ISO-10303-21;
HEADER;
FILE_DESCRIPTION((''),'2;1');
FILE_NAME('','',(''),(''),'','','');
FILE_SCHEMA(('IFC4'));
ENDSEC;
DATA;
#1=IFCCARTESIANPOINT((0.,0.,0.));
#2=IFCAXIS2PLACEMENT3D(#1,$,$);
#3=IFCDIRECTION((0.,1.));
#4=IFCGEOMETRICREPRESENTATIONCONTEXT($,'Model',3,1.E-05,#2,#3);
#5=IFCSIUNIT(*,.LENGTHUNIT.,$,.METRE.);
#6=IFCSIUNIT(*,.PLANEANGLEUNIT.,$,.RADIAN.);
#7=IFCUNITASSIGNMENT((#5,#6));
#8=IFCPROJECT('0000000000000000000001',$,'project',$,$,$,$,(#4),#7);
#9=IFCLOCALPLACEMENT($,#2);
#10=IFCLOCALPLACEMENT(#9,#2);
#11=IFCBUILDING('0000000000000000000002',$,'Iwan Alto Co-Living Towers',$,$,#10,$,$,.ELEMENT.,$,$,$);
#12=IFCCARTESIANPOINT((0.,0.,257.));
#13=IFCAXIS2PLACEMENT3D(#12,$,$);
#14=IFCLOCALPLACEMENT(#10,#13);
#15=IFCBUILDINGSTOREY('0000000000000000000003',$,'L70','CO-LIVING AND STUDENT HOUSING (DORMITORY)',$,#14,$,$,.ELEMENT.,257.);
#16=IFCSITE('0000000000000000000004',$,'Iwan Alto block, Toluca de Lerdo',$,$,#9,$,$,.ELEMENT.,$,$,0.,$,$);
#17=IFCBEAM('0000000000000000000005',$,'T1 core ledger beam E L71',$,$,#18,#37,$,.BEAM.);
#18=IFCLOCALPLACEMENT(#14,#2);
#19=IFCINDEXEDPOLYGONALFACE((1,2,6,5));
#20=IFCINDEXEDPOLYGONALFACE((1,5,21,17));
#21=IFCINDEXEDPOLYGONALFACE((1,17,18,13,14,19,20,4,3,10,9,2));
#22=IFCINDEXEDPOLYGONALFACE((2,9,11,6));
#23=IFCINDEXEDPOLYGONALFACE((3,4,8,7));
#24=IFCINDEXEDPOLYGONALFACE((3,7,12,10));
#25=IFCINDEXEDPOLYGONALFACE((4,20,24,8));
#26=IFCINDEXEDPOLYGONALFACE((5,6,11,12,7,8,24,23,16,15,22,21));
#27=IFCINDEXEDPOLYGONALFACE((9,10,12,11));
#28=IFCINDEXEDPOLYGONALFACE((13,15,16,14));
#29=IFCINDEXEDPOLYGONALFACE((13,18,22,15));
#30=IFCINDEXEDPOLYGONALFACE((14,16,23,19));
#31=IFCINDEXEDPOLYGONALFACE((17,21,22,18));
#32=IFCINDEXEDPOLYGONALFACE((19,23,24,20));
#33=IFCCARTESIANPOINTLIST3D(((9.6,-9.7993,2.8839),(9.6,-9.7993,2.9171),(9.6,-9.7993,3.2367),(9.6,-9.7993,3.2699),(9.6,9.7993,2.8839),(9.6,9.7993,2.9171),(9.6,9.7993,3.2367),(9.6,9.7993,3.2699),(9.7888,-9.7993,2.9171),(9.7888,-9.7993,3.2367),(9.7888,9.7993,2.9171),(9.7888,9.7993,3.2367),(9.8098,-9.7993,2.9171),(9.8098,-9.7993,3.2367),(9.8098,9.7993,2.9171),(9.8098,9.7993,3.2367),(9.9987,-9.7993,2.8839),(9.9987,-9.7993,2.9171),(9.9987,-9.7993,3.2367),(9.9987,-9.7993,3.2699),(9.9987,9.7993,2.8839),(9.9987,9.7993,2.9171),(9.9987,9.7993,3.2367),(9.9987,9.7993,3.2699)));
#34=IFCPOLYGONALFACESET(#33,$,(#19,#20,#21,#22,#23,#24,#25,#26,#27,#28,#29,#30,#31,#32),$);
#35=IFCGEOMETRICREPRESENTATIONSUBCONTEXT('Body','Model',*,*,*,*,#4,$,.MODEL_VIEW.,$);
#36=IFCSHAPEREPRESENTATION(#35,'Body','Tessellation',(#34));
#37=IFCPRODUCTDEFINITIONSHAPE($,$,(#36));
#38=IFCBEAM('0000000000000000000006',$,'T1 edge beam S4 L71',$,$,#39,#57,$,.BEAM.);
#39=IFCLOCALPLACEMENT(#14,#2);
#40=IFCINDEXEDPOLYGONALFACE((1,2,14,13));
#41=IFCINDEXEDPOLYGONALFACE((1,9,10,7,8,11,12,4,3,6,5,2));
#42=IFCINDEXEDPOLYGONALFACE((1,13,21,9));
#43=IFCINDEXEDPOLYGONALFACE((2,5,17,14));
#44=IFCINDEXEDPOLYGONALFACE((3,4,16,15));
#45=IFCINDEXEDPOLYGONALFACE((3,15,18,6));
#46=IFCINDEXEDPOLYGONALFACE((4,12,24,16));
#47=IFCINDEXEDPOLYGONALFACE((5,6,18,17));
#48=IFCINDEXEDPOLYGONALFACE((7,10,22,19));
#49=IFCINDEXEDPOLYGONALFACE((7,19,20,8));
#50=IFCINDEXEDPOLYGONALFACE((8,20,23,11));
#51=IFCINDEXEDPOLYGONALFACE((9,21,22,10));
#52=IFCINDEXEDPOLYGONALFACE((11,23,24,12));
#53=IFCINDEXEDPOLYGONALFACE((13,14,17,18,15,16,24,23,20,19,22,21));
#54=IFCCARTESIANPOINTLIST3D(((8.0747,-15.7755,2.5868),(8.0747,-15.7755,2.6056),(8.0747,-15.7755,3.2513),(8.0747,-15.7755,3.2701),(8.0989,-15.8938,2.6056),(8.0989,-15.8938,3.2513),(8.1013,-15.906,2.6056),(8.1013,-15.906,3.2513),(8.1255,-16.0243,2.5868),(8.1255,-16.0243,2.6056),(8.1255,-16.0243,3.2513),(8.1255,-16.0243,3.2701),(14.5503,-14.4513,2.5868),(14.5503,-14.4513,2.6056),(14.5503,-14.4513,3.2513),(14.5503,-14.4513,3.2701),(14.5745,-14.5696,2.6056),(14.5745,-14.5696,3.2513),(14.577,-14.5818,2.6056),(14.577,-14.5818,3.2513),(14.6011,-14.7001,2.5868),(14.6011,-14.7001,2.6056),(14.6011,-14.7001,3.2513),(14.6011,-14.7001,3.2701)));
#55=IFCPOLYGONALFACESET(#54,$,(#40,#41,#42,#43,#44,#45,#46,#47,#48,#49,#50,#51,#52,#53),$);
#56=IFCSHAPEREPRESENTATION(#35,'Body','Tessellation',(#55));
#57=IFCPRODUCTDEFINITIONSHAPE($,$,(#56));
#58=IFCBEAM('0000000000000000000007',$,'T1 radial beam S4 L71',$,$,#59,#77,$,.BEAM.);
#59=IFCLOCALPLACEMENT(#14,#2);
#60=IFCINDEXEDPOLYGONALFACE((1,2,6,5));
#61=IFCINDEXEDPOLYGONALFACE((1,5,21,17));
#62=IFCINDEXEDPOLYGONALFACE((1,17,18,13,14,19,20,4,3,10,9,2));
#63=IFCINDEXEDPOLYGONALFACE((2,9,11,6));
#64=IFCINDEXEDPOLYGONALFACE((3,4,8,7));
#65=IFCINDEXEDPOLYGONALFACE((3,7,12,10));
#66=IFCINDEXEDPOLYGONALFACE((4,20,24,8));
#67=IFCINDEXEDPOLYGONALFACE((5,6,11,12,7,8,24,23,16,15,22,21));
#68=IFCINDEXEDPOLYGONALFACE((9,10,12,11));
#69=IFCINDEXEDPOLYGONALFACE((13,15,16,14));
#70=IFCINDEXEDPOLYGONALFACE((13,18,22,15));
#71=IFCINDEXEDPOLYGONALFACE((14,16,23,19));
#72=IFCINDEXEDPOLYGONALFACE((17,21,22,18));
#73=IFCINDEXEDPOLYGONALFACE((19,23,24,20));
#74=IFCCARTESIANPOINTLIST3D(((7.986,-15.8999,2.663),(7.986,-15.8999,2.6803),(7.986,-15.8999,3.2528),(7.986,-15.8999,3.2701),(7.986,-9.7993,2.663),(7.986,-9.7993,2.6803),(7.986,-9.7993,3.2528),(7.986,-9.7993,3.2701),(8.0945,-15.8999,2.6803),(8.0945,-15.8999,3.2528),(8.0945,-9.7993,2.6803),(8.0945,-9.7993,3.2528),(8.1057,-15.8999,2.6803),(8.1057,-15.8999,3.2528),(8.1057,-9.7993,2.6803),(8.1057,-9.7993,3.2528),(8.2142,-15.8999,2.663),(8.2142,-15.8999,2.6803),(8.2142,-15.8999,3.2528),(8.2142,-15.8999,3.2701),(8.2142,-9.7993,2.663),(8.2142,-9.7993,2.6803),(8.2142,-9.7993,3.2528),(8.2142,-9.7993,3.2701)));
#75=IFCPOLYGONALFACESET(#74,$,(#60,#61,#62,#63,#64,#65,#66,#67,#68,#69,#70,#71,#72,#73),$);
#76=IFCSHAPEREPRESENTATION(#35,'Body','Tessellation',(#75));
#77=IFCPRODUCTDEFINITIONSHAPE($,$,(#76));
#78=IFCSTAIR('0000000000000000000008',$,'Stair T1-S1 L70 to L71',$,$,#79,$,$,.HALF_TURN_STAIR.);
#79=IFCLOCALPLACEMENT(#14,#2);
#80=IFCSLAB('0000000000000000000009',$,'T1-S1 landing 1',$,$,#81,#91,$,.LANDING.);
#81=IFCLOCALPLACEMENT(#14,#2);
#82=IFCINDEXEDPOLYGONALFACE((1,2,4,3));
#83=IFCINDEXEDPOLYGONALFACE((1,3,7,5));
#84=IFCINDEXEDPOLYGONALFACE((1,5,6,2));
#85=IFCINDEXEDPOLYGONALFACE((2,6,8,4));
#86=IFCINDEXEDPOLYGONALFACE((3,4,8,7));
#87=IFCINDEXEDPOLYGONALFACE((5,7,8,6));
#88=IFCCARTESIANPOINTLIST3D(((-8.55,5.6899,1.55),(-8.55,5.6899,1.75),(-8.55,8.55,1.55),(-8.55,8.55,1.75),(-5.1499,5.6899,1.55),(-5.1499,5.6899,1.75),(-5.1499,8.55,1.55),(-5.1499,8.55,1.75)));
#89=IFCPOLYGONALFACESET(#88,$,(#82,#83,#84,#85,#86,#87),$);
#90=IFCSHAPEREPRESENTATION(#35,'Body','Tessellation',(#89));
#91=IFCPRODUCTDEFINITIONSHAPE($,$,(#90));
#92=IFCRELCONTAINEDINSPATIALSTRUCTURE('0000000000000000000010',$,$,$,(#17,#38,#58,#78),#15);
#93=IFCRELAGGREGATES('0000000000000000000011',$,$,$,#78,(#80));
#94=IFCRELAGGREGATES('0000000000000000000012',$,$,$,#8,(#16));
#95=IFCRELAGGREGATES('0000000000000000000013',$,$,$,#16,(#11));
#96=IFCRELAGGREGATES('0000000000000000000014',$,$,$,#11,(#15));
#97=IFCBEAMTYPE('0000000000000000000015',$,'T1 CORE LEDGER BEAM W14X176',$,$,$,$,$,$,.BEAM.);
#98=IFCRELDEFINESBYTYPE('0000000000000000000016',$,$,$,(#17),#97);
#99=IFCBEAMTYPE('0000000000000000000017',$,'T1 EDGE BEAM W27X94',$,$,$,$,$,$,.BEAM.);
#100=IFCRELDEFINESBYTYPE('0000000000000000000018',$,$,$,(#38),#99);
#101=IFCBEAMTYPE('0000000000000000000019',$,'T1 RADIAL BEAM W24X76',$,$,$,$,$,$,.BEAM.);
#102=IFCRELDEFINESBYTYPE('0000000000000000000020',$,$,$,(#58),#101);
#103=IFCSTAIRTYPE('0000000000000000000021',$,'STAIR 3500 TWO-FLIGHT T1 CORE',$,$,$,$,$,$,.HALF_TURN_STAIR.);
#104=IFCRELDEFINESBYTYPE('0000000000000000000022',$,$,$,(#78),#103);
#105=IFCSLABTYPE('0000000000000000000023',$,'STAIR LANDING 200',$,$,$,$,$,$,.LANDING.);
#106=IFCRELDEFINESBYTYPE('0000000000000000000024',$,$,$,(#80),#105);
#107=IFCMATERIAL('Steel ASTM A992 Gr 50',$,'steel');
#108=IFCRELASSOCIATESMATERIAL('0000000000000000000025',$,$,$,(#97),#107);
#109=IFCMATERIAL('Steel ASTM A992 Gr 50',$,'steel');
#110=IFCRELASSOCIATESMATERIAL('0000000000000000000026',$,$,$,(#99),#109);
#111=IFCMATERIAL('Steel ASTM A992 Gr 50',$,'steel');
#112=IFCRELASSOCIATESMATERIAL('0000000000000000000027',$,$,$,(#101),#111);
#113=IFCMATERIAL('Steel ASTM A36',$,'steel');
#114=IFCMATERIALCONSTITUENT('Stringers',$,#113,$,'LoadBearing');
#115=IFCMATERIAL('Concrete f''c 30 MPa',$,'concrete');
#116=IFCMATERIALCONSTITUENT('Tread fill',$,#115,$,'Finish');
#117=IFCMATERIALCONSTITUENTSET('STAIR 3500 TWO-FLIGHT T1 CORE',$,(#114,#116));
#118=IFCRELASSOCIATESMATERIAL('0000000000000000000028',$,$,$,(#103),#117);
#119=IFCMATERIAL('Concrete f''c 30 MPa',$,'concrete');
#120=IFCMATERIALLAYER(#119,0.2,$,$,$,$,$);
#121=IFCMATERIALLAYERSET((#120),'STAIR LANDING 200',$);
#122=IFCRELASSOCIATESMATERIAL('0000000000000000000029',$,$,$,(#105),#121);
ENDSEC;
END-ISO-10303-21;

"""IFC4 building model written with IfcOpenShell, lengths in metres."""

from ifc_helpers import new_model, si_unit, direction, frame, origin, origin_2d, place, context, subcontext, project, spatial, polyline, i_section, outline, extrude, material, layer, layer_set, constituent, constituent_set, material_profile, profile_set, type_object, element, aggregate, save


model = new_model("IFC4")

# Units and contexts
model_context = context("Model", 3, precision=1e-05, world=origin(), true_north=direction((0.0, 1.0)))
body_context = subcontext(model_context, "Body", "Model", "MODEL_VIEW")
ifc_project = project(units=[si_unit("LENGTHUNIT", "METRE"), si_unit("PLANEANGLEUNIT", "RADIAN")], contexts=[model_context])

# Site, building, storey
site_placement = place(None, origin())
site = spatial("IfcSite", under=ifc_project, at=site_placement, Name="Iwan Alto block, Toluca de Lerdo", CompositionType="ELEMENT", RefElevation=0.0)
building_placement = place(site_placement, origin())
building = spatial("IfcBuilding", under=site, at=building_placement, Name="Iwan Alto Co-Living Towers", CompositionType="ELEMENT")
storey_placement = place(building_placement, frame((0.0, 0.0, 257.0)))
storey = spatial("IfcBuildingStorey", under=building, at=storey_placement, Name="L70", Description="CO-LIVING AND STUDENT HOUSING (DORMITORY)", CompositionType="ELEMENT", Elevation=257.0)

# Beams
ifc_material_1 = material(Name="Steel ASTM A992 Gr 50", Category="steel")
ifc_material_profile_1 = material_profile(ifc_material_1, i_section(OverallWidth=0.3987, OverallDepth=0.386, WebThickness=0.021, FlangeThickness=0.0332, at=origin_2d()), Name="W14X176")
ifc_profile_set_1 = profile_set([ifc_material_profile_1], Name="Steel ASTM A992 Gr 50")
beam_type_1 = type_object("IfcBeamType", Name="T1 CORE LEDGER BEAM W14X176", PredefinedType="BEAM", material=ifc_profile_set_1)
beam_1_placement = place(storey_placement, frame((9.7993, -9.7993, 3.0769), z_axis=(0.0, 1.0, 0.0), x_axis=(-1.0, 0.0, 0.0)))
element("IfcBeam", 1, at=beam_1_placement, inside=storey, type_object=beam_type_1, Name="T1 core ledger beam E L71", PredefinedType="BEAM", context=body_context, shape_type="SweptSolid", body=[
    extrude(i_section(OverallWidth=0.3987, OverallDepth=0.386, WebThickness=0.021, FlangeThickness=0.0332, at=origin_2d()), origin(), (0.0, 0.0, 1.0), 19.5986),
])
ifc_material_2 = material(Name="Steel ASTM A992 Gr 50", Category="steel")
ifc_material_profile_2 = material_profile(ifc_material_2, i_section(OverallWidth=0.2539, OverallDepth=0.6833, WebThickness=0.0125, FlangeThickness=0.0188, at=origin_2d()), Name="W27X94")
ifc_profile_set_2 = profile_set([ifc_material_profile_2], Name="Steel ASTM A992 Gr 50")
beam_type_2 = type_object("IfcBeamType", Name="T1 EDGE BEAM W27X94", PredefinedType="BEAM", material=ifc_profile_set_2)
beam_2_placement = place(storey_placement, frame((8.1001, -15.8999, 2.9285), z_axis=(0.979725, 0.200348, 0.0), x_axis=(-0.200348, 0.979725, 0.0)))
element("IfcBeam", 2, at=beam_2_placement, inside=storey, type_object=beam_type_2, Name="T1 edge beam S4 L71", PredefinedType="BEAM", context=body_context, shape_type="SweptSolid", body=[
    extrude(i_section(OverallWidth=0.2539, OverallDepth=0.6833, WebThickness=0.0125, FlangeThickness=0.0188, at=origin_2d()), origin(), (0.0, 0.0, 1.0), 6.6096),
])
ifc_material_3 = material(Name="Steel ASTM A992 Gr 50", Category="steel")
ifc_material_profile_3 = material_profile(ifc_material_3, i_section(OverallWidth=0.2283, OverallDepth=0.6072, WebThickness=0.0112, FlangeThickness=0.0173, at=origin_2d()), Name="W24X76")
ifc_profile_set_3 = profile_set([ifc_material_profile_3], Name="Steel ASTM A992 Gr 50")
beam_type_3 = type_object("IfcBeamType", Name="T1 RADIAL BEAM W24X76", PredefinedType="BEAM", material=ifc_profile_set_3)
beam_3_placement = place(storey_placement, frame((8.1001, -15.8999, 2.9666), z_axis=(0.0, 1.0, 0.0), x_axis=(-1.0, 0.0, 0.0)))
element("IfcBeam", 3, at=beam_3_placement, inside=storey, type_object=beam_type_3, Name="T1 radial beam S4 L71", PredefinedType="BEAM", context=body_context, shape_type="SweptSolid", body=[
    extrude(i_section(OverallWidth=0.2283, OverallDepth=0.6072, WebThickness=0.0112, FlangeThickness=0.0173, at=origin_2d()), origin(), (0.0, 0.0, 1.0), 6.1006),
])

# Stair, slab
ifc_material_4 = material(Name="Steel ASTM A36", Category="steel")
ifc_constituent_1 = constituent(ifc_material_4, Name="Stringers", Category="LoadBearing")
ifc_material_5 = material(Name="Concrete f'c 30 MPa", Category="concrete")
ifc_constituent_2 = constituent(ifc_material_5, Name="Tread fill", Category="Finish")
ifc_constituent_set_1 = constituent_set(constituents=[ifc_constituent_1, ifc_constituent_2], Name="STAIR 3500 TWO-FLIGHT T1 CORE")
stair_type = type_object("IfcStairType", Name="STAIR 3500 TWO-FLIGHT T1 CORE", PredefinedType="HALF_TURN_STAIR", material=ifc_constituent_set_1)
stair_1_placement = place(storey_placement, origin())
stair_1 = element("IfcStair", 4, at=stair_1_placement, inside=storey, type_object=stair_type, Name="Stair T1-S1 L70 to L71", PredefinedType="HALF_TURN_STAIR")
ifc_material_6 = material(Name="Concrete f'c 30 MPa", Category="concrete")
ifc_layer_1 = layer(ifc_material_6, 0.2)
ifc_layer_set_1 = layer_set([ifc_layer_1], Name="STAIR LANDING 200")
slab_type = type_object("IfcSlabType", Name="STAIR LANDING 200", PredefinedType="LANDING", material=ifc_layer_set_1)
slab_placement = place(storey_placement, frame((0.0, 0.0, 1.55)))
slab = element("IfcSlab", 5, at=slab_placement, type_object=slab_type, Name="T1-S1 landing 1", PredefinedType="LANDING", context=body_context, shape_type="SweptSolid", body=[
    extrude(outline(polyline([(-8.55, 5.6899), (-8.55, 8.55), (-5.1499, 8.55), (-5.1499, 5.6899), (-8.55, 5.6899)])), origin(), (0.0, 0.0, 1.0), 0.2),
])
aggregate(stair_1, [slab])

save(model, "model.ifc")
